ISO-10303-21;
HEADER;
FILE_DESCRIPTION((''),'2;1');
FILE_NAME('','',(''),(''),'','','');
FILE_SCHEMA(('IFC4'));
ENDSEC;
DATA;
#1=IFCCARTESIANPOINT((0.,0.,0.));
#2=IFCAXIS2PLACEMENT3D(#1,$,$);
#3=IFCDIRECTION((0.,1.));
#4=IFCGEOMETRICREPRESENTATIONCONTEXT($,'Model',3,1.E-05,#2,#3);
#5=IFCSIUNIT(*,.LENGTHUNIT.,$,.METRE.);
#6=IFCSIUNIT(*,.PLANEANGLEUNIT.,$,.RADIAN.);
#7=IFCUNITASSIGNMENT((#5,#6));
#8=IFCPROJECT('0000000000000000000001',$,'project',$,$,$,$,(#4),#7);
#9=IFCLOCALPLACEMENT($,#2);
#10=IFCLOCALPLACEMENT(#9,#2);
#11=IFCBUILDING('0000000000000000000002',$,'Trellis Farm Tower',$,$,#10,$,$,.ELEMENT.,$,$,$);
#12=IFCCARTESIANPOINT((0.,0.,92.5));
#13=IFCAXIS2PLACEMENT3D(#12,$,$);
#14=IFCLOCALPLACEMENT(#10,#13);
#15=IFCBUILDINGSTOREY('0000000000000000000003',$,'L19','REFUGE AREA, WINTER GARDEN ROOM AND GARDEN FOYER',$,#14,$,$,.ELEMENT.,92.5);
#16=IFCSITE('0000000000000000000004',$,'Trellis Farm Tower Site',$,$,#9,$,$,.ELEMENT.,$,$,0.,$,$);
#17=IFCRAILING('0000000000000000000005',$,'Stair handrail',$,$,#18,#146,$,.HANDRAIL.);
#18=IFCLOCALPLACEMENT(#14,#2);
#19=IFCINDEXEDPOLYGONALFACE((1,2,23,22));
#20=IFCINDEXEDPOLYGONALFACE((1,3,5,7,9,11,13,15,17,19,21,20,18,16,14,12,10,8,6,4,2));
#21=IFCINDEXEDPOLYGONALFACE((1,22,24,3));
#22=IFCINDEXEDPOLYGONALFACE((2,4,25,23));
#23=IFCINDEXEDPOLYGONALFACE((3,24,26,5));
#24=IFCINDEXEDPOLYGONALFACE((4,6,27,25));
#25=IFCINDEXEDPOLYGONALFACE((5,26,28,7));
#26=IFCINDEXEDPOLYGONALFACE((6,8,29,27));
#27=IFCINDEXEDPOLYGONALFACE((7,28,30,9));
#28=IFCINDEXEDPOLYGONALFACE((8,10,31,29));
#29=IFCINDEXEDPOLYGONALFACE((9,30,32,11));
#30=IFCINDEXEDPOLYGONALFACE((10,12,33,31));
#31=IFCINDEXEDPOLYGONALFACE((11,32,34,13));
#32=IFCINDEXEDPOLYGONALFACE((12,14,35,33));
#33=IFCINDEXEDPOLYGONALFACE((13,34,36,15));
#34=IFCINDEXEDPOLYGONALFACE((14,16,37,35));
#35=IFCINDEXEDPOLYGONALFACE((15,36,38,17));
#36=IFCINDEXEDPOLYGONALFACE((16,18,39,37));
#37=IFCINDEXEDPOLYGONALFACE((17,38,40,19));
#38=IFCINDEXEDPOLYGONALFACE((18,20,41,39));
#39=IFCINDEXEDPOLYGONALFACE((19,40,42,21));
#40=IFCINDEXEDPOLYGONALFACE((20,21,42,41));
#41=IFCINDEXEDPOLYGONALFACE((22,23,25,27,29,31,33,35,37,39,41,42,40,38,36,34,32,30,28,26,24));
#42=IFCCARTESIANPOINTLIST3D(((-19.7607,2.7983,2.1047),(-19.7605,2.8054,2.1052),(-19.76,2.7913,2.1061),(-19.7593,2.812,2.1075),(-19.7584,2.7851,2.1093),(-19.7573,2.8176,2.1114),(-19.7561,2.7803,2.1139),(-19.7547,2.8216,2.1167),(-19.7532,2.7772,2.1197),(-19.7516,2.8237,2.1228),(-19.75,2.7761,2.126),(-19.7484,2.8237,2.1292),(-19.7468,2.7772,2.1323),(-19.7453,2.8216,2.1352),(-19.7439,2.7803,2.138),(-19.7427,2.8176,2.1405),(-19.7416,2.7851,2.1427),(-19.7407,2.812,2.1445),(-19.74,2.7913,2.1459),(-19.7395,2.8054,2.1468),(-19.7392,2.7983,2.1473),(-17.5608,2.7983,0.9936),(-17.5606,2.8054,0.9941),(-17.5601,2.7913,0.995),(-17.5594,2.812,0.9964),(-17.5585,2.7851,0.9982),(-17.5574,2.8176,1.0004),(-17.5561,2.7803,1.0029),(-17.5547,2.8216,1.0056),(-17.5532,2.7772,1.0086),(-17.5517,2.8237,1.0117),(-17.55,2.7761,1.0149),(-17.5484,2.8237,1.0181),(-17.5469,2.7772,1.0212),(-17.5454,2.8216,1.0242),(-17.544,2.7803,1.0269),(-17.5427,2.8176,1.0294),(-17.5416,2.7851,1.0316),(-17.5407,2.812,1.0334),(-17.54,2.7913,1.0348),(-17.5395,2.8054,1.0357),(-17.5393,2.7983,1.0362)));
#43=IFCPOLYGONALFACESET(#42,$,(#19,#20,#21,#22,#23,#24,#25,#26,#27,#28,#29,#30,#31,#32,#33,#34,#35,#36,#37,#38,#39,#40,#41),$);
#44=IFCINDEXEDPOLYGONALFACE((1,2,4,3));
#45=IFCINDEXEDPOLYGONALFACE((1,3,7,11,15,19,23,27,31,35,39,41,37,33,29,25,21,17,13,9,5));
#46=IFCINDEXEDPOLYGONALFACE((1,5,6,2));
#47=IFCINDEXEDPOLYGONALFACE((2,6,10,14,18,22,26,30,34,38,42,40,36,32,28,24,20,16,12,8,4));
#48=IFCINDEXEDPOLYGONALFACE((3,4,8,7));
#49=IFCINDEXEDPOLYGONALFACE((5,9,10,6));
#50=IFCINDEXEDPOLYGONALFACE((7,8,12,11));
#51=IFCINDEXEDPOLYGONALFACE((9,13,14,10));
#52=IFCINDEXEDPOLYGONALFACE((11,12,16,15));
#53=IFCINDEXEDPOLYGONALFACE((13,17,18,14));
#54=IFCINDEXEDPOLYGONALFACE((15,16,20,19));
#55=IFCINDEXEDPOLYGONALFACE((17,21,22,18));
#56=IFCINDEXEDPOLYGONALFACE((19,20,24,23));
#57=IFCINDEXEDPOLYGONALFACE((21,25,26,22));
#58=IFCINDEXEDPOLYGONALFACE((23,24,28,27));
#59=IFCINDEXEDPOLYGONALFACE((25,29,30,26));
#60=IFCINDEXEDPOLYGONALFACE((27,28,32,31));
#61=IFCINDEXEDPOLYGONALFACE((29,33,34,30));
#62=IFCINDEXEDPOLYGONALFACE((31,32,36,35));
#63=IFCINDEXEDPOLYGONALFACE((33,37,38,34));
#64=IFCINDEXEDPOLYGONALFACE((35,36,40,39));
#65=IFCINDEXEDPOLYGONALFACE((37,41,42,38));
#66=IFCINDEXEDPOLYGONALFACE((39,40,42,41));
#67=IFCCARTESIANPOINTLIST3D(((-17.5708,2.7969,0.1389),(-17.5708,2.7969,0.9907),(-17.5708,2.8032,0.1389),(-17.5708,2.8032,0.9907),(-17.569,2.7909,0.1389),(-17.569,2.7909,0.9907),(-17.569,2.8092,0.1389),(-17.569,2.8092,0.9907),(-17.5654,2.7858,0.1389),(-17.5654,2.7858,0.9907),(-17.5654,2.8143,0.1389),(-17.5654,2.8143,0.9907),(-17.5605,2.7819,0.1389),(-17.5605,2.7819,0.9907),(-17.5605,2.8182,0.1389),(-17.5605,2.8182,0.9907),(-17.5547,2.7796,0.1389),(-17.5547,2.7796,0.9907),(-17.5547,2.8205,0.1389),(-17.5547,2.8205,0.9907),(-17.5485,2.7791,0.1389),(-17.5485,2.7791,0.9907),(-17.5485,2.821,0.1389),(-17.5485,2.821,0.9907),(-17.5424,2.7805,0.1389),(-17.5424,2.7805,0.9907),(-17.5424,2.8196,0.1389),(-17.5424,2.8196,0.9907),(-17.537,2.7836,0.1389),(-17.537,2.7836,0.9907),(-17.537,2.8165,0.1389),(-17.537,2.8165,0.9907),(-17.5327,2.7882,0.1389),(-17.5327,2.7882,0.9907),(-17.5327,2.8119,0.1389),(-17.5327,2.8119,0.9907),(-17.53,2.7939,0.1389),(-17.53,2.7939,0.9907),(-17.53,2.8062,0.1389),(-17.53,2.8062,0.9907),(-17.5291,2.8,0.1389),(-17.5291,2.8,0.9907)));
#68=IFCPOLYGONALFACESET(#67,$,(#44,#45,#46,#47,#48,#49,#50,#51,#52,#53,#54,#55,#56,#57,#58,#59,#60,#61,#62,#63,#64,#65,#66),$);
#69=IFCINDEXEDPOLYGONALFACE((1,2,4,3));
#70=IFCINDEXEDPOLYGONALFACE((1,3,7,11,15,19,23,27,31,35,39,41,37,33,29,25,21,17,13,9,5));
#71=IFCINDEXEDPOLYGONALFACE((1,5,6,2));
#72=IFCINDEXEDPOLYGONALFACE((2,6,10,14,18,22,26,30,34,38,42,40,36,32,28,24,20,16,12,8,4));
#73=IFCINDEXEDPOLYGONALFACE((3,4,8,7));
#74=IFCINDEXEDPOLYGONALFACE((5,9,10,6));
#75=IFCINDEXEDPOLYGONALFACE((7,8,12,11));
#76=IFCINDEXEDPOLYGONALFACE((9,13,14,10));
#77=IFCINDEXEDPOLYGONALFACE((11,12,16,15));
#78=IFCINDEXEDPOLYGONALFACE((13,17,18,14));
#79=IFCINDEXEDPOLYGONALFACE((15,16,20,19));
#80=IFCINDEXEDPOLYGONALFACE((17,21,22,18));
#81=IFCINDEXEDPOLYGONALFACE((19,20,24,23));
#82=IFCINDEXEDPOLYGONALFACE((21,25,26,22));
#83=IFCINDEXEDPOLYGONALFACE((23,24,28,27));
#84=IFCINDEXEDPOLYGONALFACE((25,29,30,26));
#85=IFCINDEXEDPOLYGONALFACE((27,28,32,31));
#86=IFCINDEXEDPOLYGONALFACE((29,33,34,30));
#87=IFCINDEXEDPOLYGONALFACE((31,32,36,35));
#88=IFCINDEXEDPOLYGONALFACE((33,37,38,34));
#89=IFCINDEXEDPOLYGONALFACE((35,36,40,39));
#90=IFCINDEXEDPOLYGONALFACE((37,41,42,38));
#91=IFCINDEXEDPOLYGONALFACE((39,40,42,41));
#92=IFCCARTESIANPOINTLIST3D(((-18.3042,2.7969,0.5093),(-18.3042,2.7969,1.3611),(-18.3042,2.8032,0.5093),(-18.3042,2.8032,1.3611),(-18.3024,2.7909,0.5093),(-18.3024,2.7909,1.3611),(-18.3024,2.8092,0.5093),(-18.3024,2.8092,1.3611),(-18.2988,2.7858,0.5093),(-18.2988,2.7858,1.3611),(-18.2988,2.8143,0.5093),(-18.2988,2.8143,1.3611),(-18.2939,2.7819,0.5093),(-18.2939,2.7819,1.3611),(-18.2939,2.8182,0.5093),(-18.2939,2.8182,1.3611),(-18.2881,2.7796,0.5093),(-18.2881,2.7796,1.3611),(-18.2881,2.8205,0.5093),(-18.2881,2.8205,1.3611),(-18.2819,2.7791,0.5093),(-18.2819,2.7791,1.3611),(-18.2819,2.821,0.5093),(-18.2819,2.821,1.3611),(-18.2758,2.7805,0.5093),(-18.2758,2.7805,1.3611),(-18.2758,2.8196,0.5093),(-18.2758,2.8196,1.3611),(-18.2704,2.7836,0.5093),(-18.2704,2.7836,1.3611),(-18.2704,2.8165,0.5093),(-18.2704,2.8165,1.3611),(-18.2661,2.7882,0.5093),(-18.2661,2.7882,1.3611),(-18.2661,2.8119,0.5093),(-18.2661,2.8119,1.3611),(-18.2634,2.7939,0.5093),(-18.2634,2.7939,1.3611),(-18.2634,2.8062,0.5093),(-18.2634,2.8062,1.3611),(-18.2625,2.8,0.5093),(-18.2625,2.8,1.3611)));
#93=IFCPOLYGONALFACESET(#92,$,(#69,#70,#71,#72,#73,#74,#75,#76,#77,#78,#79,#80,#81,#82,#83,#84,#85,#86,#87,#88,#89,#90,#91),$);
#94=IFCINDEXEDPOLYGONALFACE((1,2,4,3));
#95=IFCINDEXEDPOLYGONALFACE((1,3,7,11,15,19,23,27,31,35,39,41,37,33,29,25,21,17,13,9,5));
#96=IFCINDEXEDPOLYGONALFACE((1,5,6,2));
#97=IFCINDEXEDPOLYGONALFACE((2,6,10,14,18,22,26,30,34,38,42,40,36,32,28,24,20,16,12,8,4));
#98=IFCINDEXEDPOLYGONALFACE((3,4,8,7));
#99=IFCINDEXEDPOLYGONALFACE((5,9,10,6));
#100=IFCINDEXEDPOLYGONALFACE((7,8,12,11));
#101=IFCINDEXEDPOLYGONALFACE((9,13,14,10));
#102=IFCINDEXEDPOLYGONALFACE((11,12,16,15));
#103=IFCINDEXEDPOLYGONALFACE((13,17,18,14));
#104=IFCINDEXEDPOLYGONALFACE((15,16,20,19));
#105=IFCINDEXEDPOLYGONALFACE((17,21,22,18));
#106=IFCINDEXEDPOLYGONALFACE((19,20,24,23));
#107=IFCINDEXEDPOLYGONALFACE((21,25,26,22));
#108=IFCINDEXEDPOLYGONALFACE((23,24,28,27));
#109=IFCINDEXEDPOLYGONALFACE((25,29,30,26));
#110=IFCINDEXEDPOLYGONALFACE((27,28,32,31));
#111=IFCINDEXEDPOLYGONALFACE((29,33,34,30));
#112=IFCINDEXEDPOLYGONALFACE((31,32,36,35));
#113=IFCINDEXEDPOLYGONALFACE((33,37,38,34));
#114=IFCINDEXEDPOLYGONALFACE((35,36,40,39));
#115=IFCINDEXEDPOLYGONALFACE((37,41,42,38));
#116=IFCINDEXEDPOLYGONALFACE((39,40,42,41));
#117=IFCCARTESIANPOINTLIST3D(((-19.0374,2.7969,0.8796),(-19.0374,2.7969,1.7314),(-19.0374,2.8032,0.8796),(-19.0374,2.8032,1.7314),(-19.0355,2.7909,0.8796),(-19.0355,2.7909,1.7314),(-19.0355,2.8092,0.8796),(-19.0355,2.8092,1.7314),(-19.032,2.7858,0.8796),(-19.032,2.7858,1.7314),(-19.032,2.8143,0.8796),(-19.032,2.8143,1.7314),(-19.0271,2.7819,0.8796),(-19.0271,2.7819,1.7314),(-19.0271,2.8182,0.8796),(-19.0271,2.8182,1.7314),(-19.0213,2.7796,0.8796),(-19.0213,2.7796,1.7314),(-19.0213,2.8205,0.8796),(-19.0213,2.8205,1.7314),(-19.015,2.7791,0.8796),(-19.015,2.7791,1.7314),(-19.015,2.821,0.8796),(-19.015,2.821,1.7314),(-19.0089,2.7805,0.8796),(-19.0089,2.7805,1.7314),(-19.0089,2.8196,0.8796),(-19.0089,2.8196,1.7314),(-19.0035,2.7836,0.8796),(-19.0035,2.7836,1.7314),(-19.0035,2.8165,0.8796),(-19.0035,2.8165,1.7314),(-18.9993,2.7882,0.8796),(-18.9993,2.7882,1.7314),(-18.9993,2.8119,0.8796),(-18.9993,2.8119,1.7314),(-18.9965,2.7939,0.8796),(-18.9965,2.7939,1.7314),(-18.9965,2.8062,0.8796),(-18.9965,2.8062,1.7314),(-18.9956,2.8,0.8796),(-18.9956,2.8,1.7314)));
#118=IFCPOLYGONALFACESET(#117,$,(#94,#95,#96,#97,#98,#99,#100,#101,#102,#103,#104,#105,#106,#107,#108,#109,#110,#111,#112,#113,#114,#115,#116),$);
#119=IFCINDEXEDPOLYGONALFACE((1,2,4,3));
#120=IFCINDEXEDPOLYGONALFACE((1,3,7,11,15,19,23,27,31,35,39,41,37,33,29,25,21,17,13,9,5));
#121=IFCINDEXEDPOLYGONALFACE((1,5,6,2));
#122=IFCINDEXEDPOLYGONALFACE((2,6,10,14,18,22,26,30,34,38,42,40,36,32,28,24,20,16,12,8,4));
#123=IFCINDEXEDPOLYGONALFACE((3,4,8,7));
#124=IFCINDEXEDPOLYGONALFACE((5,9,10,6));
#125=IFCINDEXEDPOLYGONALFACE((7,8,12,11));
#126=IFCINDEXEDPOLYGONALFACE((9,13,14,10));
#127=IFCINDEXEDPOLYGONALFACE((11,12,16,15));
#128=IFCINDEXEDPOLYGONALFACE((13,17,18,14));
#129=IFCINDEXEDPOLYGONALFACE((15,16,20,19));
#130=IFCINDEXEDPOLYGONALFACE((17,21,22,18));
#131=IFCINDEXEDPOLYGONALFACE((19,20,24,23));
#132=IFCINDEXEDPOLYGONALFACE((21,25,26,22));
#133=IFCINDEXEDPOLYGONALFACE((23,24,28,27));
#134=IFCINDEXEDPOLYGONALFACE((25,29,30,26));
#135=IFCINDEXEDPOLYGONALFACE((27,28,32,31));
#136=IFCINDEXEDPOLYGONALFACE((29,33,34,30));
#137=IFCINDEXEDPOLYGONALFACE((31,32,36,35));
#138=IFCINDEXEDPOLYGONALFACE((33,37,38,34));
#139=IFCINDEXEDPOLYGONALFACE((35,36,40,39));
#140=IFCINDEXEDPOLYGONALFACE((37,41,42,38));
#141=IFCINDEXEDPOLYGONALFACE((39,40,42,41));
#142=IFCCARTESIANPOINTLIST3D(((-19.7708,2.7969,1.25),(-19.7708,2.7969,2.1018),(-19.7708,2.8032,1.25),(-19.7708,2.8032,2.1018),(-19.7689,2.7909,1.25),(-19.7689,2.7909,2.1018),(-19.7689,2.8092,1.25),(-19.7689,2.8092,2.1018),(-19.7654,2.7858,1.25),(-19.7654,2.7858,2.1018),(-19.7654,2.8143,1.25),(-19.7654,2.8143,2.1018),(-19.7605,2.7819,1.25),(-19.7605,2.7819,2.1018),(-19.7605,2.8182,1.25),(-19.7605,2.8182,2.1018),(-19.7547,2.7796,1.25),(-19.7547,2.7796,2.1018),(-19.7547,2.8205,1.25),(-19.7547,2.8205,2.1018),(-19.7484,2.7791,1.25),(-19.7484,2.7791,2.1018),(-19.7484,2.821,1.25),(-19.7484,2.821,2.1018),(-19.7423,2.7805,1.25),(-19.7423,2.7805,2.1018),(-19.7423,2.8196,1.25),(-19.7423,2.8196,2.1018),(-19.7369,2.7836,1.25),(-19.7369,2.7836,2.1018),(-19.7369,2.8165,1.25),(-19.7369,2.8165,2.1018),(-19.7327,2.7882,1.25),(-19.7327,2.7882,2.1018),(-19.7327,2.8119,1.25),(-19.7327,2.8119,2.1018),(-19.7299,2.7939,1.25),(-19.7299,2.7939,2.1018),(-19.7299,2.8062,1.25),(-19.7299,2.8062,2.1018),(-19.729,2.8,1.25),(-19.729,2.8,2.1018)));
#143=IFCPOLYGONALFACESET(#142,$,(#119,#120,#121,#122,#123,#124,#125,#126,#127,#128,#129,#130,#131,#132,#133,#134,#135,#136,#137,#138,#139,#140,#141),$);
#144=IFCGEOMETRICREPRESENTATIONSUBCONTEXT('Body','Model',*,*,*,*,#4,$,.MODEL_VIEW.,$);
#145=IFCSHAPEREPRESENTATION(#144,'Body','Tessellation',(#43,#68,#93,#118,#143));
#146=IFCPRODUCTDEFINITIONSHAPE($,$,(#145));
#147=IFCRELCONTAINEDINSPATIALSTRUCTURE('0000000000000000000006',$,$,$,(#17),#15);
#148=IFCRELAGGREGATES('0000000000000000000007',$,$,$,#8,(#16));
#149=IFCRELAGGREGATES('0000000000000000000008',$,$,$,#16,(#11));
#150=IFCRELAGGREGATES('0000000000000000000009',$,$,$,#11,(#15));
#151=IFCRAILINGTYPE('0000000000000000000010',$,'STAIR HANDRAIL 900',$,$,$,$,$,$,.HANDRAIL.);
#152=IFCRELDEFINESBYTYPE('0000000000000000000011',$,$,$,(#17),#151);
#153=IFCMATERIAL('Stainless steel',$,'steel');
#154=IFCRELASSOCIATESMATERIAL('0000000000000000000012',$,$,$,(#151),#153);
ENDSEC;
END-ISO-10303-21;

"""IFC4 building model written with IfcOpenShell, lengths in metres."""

from ifc_helpers import new_model, si_unit, direction, frame, origin, origin_2d, place, context, subcontext, project, spatial, circle, extrude, source, transform, mapped, material, type_object, element, save


model = new_model("IFC4")

# Units and contexts
model_context = context("Model", 3, precision=1e-05, world=origin(), true_north=direction((0.0, 1.0)))
body_context = subcontext(model_context, "Body", "Model", "MODEL_VIEW")
ifc_project = project(units=[si_unit("LENGTHUNIT", "METRE"), si_unit("PLANEANGLEUNIT", "RADIAN")], contexts=[model_context])

# Site, building, storey
site_placement = place(None, origin())
site = spatial("IfcSite", under=ifc_project, at=site_placement, Name="Trellis Farm Tower Site", CompositionType="ELEMENT", RefElevation=0.0)
building_placement = place(site_placement, origin())
building = spatial("IfcBuilding", under=site, at=building_placement, Name="Trellis Farm Tower", CompositionType="ELEMENT")
storey_placement = place(building_placement, frame((0.0, 0.0, 92.5)))
storey = spatial("IfcBuildingStorey", under=building, at=storey_placement, Name="L19", Description="REFUGE AREA, WINTER GARDEN ROOM AND GARDEN FOYER", CompositionType="ELEMENT", Elevation=92.5)

# Railing
ifc_material_1 = material(Name="Stainless steel", Category="steel")
railing_type = type_object("IfcRailingType", Name="STAIR HANDRAIL 900", PredefinedType="HANDRAIL", material=ifc_material_1)
shared_shape_1 = source(origin(), body_context, "Body", "SweptSolid", [
    extrude(circle(Radius=0.0239, at=origin_2d()), frame((0.0, 0.0, 0.876), z_axis=(-0.892617, 0.0, 0.450816), x_axis=(0.0, -1.0, 0.0)), (0.0, 0.0, 1.0), 2.4646),
    extrude(circle(Radius=0.021, at=origin_2d()), origin(), (0.0, 0.0, 1.0), 0.8518),
    extrude(circle(Radius=0.021, at=origin_2d()), frame((-0.7334, 0.0, 0.3704)), (0.0, 0.0, 1.0), 0.8518),
    extrude(circle(Radius=0.021, at=origin_2d()), frame((-1.4666, 0.0, 0.7407)), (0.0, 0.0, 1.0), 0.8518),
    extrude(circle(Radius=0.021, at=origin_2d()), frame((-2.2, 0.0, 1.1111)), (0.0, 0.0, 1.0), 0.8518),
])
for number, where, name in (
    (1, (-17.55, 2.8, 0.1389), "Stair handrail"),
):
    element("IfcRailing", number, at=place(storey_placement, frame(where)), inside=storey, type_object=railing_type, Name=name, PredefinedType="HANDRAIL", context=body_context, shape_type="MappedRepresentation", body=[
        mapped(shared_shape_1, transform((0.0, 0.0, 0.0))),
    ])

save(model, "model.ifc")
